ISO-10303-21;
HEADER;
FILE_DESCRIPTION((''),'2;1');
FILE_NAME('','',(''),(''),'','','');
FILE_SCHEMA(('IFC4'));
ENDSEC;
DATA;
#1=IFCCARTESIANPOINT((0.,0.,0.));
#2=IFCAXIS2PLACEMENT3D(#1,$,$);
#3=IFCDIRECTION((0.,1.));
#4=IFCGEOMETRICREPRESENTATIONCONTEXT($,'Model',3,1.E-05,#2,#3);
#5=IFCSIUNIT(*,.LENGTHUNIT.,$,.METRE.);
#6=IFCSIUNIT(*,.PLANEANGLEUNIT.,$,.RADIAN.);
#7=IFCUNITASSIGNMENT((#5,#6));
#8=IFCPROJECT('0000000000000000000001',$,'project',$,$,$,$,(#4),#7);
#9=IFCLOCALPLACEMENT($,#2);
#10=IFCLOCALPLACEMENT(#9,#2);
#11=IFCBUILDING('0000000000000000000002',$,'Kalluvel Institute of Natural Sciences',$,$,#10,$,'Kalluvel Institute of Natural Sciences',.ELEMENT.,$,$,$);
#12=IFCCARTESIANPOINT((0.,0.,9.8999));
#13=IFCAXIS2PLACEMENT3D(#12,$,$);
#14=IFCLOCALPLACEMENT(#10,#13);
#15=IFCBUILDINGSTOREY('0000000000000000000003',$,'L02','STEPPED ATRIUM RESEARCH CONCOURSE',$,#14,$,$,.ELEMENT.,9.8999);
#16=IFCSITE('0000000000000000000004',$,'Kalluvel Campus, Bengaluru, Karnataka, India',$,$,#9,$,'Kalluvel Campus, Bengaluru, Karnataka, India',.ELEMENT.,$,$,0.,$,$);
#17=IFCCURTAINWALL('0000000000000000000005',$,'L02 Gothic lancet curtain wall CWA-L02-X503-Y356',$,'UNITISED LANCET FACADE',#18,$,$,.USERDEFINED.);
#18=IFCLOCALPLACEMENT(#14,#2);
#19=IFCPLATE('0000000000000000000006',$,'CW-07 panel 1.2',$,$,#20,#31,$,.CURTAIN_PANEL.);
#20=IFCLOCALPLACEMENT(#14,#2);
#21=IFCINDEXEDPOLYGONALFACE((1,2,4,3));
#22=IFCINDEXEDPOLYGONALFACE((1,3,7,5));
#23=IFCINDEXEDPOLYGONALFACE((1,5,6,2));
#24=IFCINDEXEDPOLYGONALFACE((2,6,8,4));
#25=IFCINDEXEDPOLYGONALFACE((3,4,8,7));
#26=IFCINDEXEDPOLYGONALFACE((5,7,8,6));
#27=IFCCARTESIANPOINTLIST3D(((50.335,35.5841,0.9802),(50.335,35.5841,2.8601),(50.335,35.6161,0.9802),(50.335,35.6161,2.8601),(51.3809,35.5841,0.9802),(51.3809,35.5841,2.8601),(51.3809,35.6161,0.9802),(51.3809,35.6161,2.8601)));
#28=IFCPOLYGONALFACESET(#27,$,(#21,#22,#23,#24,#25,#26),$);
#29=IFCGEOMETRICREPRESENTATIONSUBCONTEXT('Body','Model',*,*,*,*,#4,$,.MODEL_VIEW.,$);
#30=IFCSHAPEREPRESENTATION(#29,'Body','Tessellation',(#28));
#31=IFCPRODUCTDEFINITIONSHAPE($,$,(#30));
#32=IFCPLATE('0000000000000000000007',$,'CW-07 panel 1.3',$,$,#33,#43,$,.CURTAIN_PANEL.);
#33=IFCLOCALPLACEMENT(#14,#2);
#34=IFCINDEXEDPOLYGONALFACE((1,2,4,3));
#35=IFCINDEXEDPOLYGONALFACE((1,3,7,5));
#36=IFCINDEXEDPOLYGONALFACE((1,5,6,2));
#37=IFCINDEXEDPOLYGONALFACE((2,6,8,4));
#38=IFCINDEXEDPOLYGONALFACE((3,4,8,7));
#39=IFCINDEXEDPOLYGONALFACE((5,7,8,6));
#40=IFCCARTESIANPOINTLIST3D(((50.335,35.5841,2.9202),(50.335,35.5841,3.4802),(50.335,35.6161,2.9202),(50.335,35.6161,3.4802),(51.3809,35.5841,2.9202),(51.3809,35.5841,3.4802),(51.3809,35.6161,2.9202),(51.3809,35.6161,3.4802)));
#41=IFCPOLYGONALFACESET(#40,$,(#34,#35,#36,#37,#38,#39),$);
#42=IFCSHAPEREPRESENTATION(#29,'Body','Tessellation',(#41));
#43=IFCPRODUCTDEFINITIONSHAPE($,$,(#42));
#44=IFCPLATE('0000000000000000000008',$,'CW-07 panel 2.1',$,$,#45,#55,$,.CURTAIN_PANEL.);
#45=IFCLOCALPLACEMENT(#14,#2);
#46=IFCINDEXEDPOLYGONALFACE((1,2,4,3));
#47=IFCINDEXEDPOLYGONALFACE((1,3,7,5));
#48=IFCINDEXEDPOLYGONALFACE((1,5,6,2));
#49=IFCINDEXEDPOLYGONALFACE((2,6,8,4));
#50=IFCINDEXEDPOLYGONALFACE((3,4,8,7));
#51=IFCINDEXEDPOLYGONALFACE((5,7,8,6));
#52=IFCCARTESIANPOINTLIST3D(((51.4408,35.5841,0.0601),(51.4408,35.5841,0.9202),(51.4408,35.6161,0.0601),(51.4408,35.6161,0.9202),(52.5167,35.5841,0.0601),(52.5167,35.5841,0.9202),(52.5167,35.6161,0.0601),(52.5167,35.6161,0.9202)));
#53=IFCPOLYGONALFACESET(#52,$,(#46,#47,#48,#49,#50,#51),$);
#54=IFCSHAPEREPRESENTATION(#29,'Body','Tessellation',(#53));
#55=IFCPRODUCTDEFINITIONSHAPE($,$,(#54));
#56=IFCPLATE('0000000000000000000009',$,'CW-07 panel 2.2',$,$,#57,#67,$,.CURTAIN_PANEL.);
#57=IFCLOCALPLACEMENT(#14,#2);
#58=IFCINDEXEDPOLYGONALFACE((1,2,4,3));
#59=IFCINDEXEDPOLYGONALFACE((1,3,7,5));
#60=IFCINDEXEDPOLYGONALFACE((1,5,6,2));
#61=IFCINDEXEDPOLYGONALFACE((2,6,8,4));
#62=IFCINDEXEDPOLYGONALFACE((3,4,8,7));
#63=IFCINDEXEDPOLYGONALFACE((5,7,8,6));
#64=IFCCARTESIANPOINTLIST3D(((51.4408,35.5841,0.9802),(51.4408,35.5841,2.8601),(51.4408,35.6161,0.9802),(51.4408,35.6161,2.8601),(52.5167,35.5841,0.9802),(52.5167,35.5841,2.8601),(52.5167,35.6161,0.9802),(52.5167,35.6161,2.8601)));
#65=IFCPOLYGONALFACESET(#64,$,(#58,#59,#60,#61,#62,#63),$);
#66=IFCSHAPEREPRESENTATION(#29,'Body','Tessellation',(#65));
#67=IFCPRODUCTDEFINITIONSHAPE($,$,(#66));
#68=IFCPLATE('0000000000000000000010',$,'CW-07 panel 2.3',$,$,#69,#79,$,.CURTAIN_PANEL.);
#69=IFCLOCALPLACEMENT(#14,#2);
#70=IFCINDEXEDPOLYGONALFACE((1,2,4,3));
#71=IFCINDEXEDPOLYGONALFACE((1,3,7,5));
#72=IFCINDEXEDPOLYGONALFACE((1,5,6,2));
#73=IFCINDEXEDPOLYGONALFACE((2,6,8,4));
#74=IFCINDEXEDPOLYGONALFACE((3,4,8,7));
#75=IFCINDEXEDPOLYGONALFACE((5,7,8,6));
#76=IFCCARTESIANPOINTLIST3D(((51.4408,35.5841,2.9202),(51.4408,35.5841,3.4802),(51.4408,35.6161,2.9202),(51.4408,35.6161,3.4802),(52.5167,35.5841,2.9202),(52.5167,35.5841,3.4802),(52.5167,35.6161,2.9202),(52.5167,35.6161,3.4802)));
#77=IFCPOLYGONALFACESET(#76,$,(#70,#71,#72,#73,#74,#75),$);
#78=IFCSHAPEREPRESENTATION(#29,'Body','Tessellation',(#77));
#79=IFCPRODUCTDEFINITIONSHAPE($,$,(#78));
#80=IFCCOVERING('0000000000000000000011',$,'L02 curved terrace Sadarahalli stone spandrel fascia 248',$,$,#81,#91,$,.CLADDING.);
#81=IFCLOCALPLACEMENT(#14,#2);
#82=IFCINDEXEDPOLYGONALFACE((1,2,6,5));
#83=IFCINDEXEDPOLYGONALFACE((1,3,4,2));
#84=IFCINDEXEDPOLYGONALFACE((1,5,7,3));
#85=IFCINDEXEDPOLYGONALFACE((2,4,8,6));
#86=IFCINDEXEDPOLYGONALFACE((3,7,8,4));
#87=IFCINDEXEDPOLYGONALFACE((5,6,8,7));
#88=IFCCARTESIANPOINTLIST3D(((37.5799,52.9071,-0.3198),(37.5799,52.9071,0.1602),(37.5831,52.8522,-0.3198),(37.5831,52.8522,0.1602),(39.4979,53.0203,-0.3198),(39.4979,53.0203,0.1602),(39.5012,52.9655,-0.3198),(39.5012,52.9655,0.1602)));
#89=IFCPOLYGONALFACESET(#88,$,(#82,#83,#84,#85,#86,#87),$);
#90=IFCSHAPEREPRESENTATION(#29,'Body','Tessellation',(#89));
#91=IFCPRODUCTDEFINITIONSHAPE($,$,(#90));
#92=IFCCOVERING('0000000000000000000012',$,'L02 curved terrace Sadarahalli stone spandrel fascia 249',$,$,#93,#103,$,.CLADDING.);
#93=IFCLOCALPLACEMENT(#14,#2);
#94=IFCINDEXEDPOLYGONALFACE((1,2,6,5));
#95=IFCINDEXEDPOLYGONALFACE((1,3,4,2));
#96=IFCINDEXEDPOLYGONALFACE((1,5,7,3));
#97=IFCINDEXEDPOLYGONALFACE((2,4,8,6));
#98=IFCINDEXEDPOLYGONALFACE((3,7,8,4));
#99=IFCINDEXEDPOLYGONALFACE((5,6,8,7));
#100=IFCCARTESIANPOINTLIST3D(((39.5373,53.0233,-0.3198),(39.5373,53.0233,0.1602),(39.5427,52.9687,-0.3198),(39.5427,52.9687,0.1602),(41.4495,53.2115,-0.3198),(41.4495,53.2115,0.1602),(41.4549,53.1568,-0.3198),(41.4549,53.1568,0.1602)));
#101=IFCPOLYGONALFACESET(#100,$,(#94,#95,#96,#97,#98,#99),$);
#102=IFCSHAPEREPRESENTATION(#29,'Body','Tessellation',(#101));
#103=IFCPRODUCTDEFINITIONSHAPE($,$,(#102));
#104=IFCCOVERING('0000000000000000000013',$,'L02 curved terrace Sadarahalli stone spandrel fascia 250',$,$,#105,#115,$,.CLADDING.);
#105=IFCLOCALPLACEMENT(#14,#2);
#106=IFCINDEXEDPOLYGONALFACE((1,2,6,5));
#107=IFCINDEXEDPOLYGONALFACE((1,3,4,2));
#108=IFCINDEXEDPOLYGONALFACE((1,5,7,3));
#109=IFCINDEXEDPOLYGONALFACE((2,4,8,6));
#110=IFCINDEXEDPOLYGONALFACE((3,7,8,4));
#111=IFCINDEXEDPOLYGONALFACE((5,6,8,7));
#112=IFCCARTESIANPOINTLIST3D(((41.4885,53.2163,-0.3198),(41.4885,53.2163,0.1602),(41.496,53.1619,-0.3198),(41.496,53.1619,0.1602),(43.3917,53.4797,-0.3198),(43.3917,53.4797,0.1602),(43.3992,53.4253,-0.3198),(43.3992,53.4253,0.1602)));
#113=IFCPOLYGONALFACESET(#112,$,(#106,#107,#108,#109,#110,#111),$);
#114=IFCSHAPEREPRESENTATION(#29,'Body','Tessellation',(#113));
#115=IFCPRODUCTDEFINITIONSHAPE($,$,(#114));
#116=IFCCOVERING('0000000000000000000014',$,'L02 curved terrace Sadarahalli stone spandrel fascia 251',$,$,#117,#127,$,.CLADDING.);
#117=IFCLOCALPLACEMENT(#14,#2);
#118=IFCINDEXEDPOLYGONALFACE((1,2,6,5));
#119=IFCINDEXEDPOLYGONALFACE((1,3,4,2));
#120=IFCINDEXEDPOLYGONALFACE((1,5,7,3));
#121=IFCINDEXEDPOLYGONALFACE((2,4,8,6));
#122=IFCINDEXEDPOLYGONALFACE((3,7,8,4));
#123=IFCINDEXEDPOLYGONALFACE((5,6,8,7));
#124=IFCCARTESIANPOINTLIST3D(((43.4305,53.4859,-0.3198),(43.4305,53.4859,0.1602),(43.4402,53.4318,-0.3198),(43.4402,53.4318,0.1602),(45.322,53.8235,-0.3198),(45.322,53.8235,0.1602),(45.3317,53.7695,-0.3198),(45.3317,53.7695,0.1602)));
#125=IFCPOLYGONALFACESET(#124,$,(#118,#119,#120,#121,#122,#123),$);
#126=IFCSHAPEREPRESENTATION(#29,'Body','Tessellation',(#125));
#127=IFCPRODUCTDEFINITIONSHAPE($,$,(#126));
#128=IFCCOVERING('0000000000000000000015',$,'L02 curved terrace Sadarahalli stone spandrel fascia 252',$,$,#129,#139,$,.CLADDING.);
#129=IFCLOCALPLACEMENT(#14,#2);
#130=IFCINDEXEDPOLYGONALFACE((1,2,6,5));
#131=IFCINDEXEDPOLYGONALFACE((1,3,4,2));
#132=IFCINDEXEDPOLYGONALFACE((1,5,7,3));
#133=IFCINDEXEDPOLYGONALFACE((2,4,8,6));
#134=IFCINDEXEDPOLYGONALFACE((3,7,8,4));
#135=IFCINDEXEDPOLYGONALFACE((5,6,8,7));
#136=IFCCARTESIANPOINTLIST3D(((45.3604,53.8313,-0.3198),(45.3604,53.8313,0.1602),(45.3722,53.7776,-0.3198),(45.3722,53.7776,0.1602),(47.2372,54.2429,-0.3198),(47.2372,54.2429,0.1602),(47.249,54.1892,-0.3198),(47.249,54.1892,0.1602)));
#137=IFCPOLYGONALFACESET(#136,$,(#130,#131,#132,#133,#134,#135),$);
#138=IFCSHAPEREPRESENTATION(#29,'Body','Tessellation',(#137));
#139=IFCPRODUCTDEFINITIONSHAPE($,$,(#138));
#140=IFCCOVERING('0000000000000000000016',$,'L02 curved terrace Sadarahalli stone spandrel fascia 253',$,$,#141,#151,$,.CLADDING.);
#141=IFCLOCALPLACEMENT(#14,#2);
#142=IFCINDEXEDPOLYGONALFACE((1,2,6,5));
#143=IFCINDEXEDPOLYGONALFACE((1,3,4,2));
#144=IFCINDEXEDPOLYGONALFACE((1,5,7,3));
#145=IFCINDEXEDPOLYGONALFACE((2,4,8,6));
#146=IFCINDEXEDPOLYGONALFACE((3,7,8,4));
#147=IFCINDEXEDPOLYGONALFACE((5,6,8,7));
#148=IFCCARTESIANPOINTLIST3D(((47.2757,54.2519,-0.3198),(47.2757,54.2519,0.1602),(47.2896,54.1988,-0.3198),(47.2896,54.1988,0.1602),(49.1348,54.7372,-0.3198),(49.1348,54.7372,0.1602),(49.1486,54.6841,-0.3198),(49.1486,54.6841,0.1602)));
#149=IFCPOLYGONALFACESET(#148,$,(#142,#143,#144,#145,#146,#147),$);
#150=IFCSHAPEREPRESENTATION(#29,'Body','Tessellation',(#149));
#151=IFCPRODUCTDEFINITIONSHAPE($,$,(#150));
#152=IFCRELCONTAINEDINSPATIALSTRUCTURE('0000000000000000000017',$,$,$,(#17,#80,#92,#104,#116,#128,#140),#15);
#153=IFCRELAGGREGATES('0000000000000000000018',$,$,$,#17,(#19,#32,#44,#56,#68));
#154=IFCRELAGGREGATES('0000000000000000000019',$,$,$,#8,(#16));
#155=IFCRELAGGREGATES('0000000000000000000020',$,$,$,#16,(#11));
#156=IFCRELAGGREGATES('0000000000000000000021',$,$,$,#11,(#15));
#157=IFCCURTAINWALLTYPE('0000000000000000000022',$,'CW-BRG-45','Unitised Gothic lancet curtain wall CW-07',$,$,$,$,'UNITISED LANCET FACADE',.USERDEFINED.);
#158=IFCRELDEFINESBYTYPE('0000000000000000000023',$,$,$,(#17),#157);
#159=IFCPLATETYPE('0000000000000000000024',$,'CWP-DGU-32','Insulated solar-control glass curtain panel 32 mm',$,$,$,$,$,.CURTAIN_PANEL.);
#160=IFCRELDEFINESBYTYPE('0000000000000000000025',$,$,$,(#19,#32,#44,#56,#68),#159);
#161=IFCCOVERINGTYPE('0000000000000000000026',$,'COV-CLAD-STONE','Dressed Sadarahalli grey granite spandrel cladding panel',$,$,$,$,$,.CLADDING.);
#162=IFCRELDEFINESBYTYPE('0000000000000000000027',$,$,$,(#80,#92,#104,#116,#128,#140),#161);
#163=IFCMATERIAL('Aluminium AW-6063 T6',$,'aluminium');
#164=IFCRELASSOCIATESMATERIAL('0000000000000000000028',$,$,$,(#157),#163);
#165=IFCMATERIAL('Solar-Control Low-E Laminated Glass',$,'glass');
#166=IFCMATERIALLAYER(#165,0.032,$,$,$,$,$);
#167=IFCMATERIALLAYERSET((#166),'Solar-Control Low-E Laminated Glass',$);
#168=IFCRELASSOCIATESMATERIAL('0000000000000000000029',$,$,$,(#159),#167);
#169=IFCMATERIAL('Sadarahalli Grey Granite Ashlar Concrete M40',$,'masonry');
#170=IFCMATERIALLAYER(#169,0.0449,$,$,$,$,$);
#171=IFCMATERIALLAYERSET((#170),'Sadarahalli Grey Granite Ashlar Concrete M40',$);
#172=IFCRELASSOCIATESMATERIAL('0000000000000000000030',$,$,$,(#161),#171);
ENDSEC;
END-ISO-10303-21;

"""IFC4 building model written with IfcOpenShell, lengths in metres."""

from ifc_helpers import new_model, si_unit, direction, frame, origin, origin_2d, place, context, subcontext, project, spatial, rectangle, extrude, material, layer, layer_set, type_object, element, aggregate, save


model = new_model("IFC4")

# Units and contexts
model_context = context("Model", 3, precision=1e-05, world=origin(), true_north=direction((0.0, 1.0)))
body_context = subcontext(model_context, "Body", "Model", "MODEL_VIEW")
ifc_project = project(units=[si_unit("LENGTHUNIT", "METRE"), si_unit("PLANEANGLEUNIT", "RADIAN")], contexts=[model_context])

# Site, building, storey
site_placement = place(None, origin())
site = spatial("IfcSite", under=ifc_project, at=site_placement, Name="Kalluvel Campus, Bengaluru, Karnataka, India", LongName="Kalluvel Campus, Bengaluru, Karnataka, India", CompositionType="ELEMENT", RefElevation=0.0)
building_placement = place(site_placement, origin())
building = spatial("IfcBuilding", under=site, at=building_placement, Name="Kalluvel Institute of Natural Sciences", LongName="Kalluvel Institute of Natural Sciences", CompositionType="ELEMENT")
storey_placement = place(building_placement, frame((0.0, 0.0, 9.8999)))
storey = spatial("IfcBuildingStorey", under=building, at=storey_placement, Name="L02", Description="STEPPED ATRIUM RESEARCH CONCOURSE", CompositionType="ELEMENT", Elevation=9.8999)

# Curtain wall, plates
ifc_material_1 = material(Name="Aluminium AW-6063 T6", Category="aluminium")
curtain_wall_type = type_object("IfcCurtainWallType", Name="CW-BRG-45", Description="Unitised Gothic lancet curtain wall CW-07", ElementType="UNITISED LANCET FACADE", PredefinedType="USERDEFINED", material=ifc_material_1)
curtain_wall_placement = place(storey_placement, origin())
curtain_wall = element("IfcCurtainWall", 1, at=curtain_wall_placement, inside=storey, type_object=curtain_wall_type, Name="L02 Gothic lancet curtain wall CWA-L02-X503-Y356", ObjectType="UNITISED LANCET FACADE", PredefinedType="USERDEFINED")
ifc_material_2 = material(Name="Solar-Control Low-E Laminated Glass", Category="glass")
ifc_layer_1 = layer(ifc_material_2, 0.032)
ifc_layer_set_1 = layer_set([ifc_layer_1], Name="Solar-Control Low-E Laminated Glass")
plate_type = type_object("IfcPlateType", Name="CWP-DGU-32", Description="Insulated solar-control glass curtain panel 32 mm", PredefinedType="CURTAIN_PANEL", material=ifc_layer_set_1)
plate_1_placement = place(storey_placement, frame((50.8579, 35.6001, 0.9802), z_axis=(0.0, 0.0, 1.0), x_axis=(1.0, 0.0, 0.0)))
plate_1 = element("IfcPlate", 2, at=plate_1_placement, type_object=plate_type, Name="CW-07 panel 1.2", PredefinedType="CURTAIN_PANEL", context=body_context, shape_type="SweptSolid", body=[
    extrude(rectangle(XDim=1.0459, YDim=0.032, at=origin_2d()), origin(), (0.0, 0.0, 1.0), 1.8799),
])
plate_2_placement = place(storey_placement, frame((50.8579, 35.6001, 2.9202), z_axis=(0.0, 0.0, 1.0), x_axis=(1.0, 0.0, 0.0)))
plate_2 = element("IfcPlate", 3, at=plate_2_placement, type_object=plate_type, Name="CW-07 panel 1.3", PredefinedType="CURTAIN_PANEL", context=body_context, shape_type="SweptSolid", body=[
    extrude(rectangle(XDim=1.0459, YDim=0.032, at=origin_2d()), origin(), (0.0, 0.0, 1.0), 0.5601),
])
plate_3_placement = place(storey_placement, frame((51.9788, 35.6001, 0.0601), z_axis=(0.0, 0.0, 1.0), x_axis=(1.0, 0.0, 0.0)))
plate_3 = element("IfcPlate", 4, at=plate_3_placement, type_object=plate_type, Name="CW-07 panel 2.1", PredefinedType="CURTAIN_PANEL", context=body_context, shape_type="SweptSolid", body=[
    extrude(rectangle(XDim=1.0759, YDim=0.032, at=origin_2d()), origin(), (0.0, 0.0, 1.0), 0.8601),
])
plate_4_placement = place(storey_placement, frame((51.9788, 35.6001, 0.9802), z_axis=(0.0, 0.0, 1.0), x_axis=(1.0, 0.0, 0.0)))
plate_4 = element("IfcPlate", 5, at=plate_4_placement, type_object=plate_type, Name="CW-07 panel 2.2", PredefinedType="CURTAIN_PANEL", context=body_context, shape_type="SweptSolid", body=[
    extrude(rectangle(XDim=1.0759, YDim=0.032, at=origin_2d()), origin(), (0.0, 0.0, 1.0), 1.8799),
])
plate_5_placement = place(storey_placement, frame((51.9788, 35.6001, 2.9202), z_axis=(0.0, 0.0, 1.0), x_axis=(1.0, 0.0, 0.0)))
plate_5 = element("IfcPlate", 6, at=plate_5_placement, type_object=plate_type, Name="CW-07 panel 2.3", PredefinedType="CURTAIN_PANEL", context=body_context, shape_type="SweptSolid", body=[
    extrude(rectangle(XDim=1.0759, YDim=0.032, at=origin_2d()), origin(), (0.0, 0.0, 1.0), 0.5601),
])
aggregate(curtain_wall, [plate_1, plate_2, plate_3, plate_4, plate_5])

# Coverings
ifc_material_3 = material(Name="Sadarahalli Grey Granite Ashlar Concrete M40", Category="masonry")
ifc_layer_2 = layer(ifc_material_3, 0.0449)
ifc_layer_set_2 = layer_set([ifc_layer_2], Name="Sadarahalli Grey Granite Ashlar Concrete M40")
covering_type = type_object("IfcCoveringType", Name="COV-CLAD-STONE", Description="Dressed Sadarahalli grey granite spandrel cladding panel", PredefinedType="CLADDING", material=ifc_layer_set_2)
for number, where, z_axis, x_axis, name in (
    (7, (38.5405, 52.9363, -0.3198), (0.0, 0.0, 1.0), (0.99826, 0.058958, 0.0), "L02 curved terrace Sadarahalli stone spandrel fascia 248"),
    (8, (40.4961, 53.0901, -0.3198), (0.0, 0.0, 1.0), (0.995193, 0.09793, 0.0), "L02 curved terrace Sadarahalli stone spandrel fascia 249"),
    (9, (42.4438, 53.3208, -0.3198), (0.0, 0.0, 1.0), (0.990557, 0.137099, 0.0), "L02 curved terrace Sadarahalli stone spandrel fascia 250"),
    (10, (44.3811, 53.6277, -0.3198), (0.0, 0.0, 1.0), (0.984442, 0.17571, 0.0), "L02 curved terrace Sadarahalli stone spandrel fascia 251"),
    (11, (46.3047, 54.0103, -0.3198), (0.0, 0.0, 1.0), (0.976785, 0.214224, 0.0), "L02 curved terrace Sadarahalli stone spandrel fascia 252"),
    (12, (48.2122, 54.468, -0.3198), (0.0, 0.0, 1.0), (0.967577, 0.252576, 0.0), "L02 curved terrace Sadarahalli stone spandrel fascia 253"),
):
    element("IfcCovering", number, at=place(storey_placement, frame(where, z_axis=z_axis, x_axis=x_axis)), inside=storey, type_object=covering_type, Name=name, PredefinedType="CLADDING", context=body_context, shape_type="SweptSolid", body=[
        extrude(rectangle(XDim=1.9214, YDim=0.0549, at=origin_2d()), origin(), (0.0, 0.0, 1.0), 0.48),
    ])

save(model, "model.ifc")
